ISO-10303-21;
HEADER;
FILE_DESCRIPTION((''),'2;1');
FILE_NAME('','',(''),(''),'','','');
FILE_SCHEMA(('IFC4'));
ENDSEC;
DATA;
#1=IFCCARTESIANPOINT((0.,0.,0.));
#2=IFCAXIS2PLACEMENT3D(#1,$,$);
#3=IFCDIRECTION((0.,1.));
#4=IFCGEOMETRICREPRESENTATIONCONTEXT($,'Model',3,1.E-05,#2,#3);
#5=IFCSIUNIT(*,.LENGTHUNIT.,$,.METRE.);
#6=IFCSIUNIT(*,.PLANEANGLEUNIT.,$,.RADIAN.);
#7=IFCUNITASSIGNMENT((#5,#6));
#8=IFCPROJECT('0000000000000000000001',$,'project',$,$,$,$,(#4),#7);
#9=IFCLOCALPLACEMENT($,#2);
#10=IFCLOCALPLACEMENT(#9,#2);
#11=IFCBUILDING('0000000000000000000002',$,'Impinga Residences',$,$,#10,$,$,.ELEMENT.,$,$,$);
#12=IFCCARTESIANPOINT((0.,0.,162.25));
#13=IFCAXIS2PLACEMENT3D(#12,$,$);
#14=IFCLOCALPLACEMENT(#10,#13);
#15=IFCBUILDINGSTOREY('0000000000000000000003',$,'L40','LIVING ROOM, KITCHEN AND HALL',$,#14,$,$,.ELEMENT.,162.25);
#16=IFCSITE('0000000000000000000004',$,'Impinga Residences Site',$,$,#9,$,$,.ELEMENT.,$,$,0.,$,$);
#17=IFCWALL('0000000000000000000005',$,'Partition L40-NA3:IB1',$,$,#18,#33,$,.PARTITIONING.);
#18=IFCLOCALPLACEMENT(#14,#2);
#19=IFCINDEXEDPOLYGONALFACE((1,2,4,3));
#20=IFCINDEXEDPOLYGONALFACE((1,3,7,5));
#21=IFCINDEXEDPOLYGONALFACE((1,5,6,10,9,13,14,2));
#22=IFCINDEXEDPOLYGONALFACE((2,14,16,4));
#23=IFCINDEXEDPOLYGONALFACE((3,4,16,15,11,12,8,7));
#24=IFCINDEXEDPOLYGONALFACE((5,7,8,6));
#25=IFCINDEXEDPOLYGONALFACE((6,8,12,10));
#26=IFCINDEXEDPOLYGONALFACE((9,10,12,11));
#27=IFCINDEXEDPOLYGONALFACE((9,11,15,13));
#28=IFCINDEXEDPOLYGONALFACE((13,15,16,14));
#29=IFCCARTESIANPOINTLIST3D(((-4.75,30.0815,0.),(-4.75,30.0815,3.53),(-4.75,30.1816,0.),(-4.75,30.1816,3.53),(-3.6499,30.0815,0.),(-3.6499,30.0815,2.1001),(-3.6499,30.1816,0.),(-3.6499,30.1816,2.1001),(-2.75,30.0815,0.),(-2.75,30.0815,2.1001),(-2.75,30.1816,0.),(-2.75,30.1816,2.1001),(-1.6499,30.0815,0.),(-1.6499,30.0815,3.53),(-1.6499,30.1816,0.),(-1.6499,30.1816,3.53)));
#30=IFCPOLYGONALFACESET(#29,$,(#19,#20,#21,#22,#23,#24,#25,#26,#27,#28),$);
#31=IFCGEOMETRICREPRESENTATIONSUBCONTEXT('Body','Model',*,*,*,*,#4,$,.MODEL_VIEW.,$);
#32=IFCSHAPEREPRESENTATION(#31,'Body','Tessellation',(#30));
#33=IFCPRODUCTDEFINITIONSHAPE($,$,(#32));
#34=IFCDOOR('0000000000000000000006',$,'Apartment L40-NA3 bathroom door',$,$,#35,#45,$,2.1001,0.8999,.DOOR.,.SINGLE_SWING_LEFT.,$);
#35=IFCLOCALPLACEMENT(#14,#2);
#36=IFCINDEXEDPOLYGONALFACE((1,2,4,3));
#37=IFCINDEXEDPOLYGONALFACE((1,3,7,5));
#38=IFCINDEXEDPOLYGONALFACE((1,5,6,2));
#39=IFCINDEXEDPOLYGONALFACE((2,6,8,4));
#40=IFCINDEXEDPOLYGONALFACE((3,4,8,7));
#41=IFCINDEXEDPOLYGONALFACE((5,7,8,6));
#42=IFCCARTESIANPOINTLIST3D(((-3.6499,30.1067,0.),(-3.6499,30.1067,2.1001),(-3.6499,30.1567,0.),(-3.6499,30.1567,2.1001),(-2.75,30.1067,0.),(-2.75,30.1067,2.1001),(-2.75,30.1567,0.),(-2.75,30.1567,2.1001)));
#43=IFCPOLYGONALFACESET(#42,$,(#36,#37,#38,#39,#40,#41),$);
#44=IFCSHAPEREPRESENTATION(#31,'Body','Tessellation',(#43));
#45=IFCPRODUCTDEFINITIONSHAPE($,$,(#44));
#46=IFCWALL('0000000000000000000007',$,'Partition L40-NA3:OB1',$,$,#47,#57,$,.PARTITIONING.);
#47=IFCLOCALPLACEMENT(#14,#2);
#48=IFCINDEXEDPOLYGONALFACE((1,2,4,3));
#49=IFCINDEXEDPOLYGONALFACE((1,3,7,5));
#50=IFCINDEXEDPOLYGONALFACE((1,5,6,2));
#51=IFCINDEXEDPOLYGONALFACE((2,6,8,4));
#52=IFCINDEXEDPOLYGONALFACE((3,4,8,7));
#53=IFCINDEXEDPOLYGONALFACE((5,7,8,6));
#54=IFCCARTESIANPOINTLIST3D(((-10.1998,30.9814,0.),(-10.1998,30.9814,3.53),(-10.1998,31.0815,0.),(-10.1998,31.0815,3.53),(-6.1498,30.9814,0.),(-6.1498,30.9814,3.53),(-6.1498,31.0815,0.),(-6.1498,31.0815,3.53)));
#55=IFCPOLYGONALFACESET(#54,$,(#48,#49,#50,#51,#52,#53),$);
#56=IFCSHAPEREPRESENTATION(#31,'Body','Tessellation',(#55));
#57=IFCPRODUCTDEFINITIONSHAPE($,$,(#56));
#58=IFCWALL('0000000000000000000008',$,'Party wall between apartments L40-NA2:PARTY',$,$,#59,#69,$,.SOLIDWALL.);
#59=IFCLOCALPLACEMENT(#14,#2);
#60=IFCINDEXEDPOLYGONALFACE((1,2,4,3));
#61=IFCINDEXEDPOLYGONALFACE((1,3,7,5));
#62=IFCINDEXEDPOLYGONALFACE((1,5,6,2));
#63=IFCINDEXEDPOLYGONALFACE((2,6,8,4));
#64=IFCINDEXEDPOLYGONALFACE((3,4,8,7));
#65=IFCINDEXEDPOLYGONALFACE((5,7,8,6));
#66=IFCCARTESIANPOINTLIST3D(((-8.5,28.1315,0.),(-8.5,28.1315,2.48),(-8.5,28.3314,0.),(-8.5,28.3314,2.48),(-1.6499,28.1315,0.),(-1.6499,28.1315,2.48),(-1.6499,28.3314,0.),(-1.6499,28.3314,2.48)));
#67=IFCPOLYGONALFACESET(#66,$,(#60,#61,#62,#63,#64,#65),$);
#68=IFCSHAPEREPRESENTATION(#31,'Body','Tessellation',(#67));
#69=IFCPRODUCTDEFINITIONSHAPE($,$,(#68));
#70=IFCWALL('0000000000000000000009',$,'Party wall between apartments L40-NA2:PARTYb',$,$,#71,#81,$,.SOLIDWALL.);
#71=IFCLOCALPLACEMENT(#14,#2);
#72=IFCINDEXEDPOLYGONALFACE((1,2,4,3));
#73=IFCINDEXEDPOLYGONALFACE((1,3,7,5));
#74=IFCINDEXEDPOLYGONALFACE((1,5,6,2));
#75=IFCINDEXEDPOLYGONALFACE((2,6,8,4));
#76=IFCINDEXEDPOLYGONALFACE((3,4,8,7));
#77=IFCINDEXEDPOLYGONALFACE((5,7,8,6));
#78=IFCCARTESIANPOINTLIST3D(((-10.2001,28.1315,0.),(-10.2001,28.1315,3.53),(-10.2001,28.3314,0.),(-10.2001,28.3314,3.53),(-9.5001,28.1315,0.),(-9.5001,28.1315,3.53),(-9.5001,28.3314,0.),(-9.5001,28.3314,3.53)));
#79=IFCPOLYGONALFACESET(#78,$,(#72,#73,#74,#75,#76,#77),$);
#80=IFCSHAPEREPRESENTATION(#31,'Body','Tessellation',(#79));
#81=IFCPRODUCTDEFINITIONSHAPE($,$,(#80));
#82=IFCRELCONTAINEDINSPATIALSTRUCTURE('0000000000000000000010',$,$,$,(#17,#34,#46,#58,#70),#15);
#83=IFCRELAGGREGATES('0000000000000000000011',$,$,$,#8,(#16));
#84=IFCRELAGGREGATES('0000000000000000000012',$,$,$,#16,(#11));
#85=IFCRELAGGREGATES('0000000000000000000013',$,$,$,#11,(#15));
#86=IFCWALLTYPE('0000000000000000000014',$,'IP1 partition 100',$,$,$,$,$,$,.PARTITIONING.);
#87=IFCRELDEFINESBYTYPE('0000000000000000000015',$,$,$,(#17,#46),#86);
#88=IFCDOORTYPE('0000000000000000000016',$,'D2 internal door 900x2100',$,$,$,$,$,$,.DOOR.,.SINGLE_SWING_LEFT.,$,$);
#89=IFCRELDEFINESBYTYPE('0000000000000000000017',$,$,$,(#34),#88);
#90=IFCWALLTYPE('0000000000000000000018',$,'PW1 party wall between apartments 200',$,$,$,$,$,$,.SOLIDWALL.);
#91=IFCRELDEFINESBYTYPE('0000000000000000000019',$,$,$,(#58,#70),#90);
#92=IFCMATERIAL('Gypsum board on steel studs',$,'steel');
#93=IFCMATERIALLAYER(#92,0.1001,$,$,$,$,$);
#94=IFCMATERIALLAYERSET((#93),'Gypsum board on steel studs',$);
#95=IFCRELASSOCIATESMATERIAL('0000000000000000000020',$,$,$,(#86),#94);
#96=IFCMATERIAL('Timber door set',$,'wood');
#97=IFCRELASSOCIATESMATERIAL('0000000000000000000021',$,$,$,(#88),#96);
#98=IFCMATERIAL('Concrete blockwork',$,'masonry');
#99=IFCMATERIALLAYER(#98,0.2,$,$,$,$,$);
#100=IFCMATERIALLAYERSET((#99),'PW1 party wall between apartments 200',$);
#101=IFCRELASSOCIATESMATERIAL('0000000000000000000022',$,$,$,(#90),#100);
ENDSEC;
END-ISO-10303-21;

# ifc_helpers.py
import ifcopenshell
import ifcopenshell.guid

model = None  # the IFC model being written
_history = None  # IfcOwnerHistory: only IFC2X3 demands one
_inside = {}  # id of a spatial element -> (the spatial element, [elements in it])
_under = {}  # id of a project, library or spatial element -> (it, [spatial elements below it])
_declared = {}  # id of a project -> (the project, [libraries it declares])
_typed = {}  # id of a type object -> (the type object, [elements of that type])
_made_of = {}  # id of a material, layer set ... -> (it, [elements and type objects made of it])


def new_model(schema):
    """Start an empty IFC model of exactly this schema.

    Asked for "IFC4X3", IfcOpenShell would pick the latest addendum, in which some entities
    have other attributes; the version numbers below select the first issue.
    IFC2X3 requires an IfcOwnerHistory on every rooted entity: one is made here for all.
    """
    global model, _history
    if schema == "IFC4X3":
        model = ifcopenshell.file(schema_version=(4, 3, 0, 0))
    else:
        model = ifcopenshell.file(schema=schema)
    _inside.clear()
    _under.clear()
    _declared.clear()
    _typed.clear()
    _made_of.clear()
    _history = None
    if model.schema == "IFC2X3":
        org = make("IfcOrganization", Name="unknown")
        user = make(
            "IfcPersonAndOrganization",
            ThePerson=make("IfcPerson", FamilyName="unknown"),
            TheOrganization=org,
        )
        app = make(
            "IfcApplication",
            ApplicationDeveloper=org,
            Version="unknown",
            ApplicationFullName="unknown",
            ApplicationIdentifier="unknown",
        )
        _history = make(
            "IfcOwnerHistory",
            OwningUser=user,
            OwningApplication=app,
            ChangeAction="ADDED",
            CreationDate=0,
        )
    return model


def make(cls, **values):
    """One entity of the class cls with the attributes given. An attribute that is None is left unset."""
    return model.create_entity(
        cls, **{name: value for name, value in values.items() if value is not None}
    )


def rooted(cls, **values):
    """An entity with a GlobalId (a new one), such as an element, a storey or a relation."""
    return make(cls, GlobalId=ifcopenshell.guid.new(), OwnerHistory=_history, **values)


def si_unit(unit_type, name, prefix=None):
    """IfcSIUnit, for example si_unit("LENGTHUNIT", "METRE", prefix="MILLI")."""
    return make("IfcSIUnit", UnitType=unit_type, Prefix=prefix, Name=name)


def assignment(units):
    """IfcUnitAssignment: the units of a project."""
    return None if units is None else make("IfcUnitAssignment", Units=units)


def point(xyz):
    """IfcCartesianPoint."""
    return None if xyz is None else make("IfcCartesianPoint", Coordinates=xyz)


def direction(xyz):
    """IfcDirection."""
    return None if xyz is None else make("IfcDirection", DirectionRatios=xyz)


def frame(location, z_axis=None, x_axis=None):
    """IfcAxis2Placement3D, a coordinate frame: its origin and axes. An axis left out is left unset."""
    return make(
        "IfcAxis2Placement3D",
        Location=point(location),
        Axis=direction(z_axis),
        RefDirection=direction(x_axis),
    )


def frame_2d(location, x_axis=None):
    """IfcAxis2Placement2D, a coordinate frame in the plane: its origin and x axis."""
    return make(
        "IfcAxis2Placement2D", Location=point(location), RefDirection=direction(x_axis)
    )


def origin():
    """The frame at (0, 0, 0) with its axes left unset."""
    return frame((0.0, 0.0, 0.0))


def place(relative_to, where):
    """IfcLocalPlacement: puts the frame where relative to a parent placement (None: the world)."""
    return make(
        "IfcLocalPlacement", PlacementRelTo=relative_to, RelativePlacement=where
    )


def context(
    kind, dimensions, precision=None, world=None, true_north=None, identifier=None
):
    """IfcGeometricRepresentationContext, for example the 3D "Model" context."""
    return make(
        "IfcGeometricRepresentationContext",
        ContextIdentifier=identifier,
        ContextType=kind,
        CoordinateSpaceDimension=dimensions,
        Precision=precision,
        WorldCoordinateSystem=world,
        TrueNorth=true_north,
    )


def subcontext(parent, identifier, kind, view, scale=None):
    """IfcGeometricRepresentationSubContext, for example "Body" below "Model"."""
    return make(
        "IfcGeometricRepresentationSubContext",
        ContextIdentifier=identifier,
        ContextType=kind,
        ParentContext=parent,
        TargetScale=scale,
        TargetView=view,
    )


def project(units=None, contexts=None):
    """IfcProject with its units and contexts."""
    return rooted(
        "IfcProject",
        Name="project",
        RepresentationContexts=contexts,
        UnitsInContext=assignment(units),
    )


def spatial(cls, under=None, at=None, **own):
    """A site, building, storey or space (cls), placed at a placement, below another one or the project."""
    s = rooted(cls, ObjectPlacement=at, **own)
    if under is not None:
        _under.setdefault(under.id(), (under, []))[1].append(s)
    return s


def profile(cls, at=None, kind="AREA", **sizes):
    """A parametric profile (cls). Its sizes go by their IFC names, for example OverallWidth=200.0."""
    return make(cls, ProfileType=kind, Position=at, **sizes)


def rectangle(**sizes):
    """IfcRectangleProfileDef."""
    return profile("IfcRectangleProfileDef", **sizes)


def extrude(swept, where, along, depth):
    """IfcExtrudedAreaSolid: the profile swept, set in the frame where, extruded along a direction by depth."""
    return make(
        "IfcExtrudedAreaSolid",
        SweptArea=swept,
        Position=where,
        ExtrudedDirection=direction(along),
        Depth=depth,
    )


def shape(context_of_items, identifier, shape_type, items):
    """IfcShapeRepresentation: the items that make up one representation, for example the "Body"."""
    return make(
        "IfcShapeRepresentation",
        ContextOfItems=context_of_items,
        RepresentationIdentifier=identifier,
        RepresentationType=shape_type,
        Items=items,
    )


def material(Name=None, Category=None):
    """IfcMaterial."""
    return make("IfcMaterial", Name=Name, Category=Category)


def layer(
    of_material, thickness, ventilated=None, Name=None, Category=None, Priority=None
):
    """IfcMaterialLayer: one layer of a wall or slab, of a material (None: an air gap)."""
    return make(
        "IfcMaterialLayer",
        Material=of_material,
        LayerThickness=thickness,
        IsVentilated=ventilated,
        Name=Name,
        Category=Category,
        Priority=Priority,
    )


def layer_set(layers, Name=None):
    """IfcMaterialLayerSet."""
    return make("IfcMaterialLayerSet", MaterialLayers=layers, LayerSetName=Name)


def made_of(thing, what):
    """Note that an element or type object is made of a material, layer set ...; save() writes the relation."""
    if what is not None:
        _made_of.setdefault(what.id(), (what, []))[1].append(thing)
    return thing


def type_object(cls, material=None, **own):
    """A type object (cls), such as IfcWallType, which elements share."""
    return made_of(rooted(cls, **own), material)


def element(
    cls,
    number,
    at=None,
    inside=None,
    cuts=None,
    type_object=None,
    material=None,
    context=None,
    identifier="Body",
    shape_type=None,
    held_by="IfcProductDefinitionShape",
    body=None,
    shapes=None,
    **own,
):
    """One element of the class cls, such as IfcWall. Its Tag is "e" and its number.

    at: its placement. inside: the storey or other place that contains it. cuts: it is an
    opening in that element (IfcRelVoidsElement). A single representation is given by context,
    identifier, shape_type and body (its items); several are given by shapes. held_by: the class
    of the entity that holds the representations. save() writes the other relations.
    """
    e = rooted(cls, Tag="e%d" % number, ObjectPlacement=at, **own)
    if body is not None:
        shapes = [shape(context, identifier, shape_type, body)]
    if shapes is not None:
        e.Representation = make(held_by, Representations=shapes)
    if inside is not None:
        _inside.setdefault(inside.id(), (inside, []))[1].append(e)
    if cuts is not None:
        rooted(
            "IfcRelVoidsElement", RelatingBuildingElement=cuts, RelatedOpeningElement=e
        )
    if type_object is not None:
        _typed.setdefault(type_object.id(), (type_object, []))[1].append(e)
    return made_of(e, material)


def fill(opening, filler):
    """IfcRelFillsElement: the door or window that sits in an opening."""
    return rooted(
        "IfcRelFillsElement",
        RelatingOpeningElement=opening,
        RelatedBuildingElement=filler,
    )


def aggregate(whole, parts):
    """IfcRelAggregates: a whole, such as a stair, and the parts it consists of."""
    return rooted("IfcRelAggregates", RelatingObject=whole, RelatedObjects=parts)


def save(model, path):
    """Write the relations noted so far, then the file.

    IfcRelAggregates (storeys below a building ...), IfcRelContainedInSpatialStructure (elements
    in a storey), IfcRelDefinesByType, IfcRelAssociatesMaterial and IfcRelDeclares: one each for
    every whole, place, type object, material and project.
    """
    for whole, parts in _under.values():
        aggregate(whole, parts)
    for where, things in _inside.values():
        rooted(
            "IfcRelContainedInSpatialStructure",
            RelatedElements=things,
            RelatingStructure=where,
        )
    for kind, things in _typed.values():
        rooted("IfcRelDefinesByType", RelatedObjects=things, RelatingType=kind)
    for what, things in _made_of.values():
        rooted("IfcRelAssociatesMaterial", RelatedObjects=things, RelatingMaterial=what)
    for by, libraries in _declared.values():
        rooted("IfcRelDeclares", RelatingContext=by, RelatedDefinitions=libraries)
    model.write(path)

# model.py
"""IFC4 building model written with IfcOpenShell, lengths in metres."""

from ifc_helpers import new_model, si_unit, direction, frame, frame_2d, origin, place, context, subcontext, project, spatial, rectangle, extrude, material, layer, layer_set, type_object, element, fill, save


model = new_model("IFC4")

# Units and contexts
model_context = context("Model", 3, precision=1e-05, world=origin(), true_north=direction((0.0, 1.0)))
body_context = subcontext(model_context, "Body", "Model", "MODEL_VIEW")
ifc_project = project(units=[si_unit("LENGTHUNIT", "METRE"), si_unit("PLANEANGLEUNIT", "RADIAN")], contexts=[model_context])

# Site, building, storey
site_placement = place(None, origin())
site = spatial("IfcSite", under=ifc_project, at=site_placement, Name="Impinga Residences Site", CompositionType="ELEMENT", RefElevation=0.0)
building_placement = place(site_placement, origin())
building = spatial("IfcBuilding", under=site, at=building_placement, Name="Impinga Residences", CompositionType="ELEMENT")
storey_placement = place(building_placement, frame((0.0, 0.0, 162.25)))
storey = spatial("IfcBuildingStorey", under=building, at=storey_placement, Name="L40", Description="LIVING ROOM, KITCHEN AND HALL", CompositionType="ELEMENT", Elevation=162.25)

# Shared definitions
ifc_material_1 = material(Name="Concrete blockwork", Category="masonry")
ifc_material_2 = material(Name="Timber door set", Category="wood")

# Shared definitions
ifc_material_3 = material(Name="Gypsum board on steel studs", Category="steel")
ifc_layer_1 = layer(ifc_material_3, 0.1001)
ifc_layer_set_1 = layer_set([ifc_layer_1], Name="Gypsum board on steel studs")
wall_type_1 = type_object("IfcWallType", Name="IP1 partition 100", PredefinedType="PARTITIONING", material=ifc_layer_set_1)

# Shared definitions
door_type_1 = type_object("IfcDoorType", Name="D2 internal door 900x2100", OperationType="SINGLE_SWING_LEFT", PredefinedType="DOOR", material=ifc_material_2)

# Wall, opening, door
wall_1_placement = place(storey_placement, frame((-1.6499, 30.1316, 0.0), z_axis=(0.0, 0.0, 1.0), x_axis=(-1.0, 0.0, 0.0)))
wall_1 = element("IfcWall", 1, at=wall_1_placement, inside=storey, type_object=wall_type_1, Name="Partition L40-NA3:IB1", PredefinedType="PARTITIONING", context=body_context, shape_type="SweptSolid", body=[
    extrude(rectangle(XDim=3.1001, YDim=0.1001, at=frame_2d((1.55, 0.0))), origin(), (0.0, 0.0, 1.0), 3.53),
])
opening_1_placement = place(wall_1_placement, frame((1.1001, 0.0, 0.0)))
opening_1 = element("IfcOpeningElement", 2, at=opening_1_placement, cuts=wall_1, PredefinedType="OPENING", context=body_context, shape_type="SweptSolid", body=[
    extrude(rectangle(XDim=0.8999, YDim=2.1001, at=frame_2d((0.45, 1.05))), frame((0.0, 0.0601, 0.0), z_axis=(0.0, -1.0, 0.0), x_axis=(1.0, 0.0, 0.0)), (0.0, 0.0, 1.0), 0.1201),
])
door_1_placement = place(opening_1_placement, origin())
door_1 = element("IfcDoor", 3, at=door_1_placement, inside=storey, type_object=door_type_1, Name="Apartment L40-NA3 bathroom door", OperationType="SINGLE_SWING_LEFT", OverallHeight=2.1001, OverallWidth=0.8999, PredefinedType="DOOR", context=body_context, shape_type="SweptSolid", body=[
    extrude(rectangle(XDim=0.8999, YDim=2.1001, at=frame_2d((0.45, 1.05))), frame((0.0, 0.0249, 0.0), z_axis=(0.0, -1.0, 0.0), x_axis=(1.0, 0.0, 0.0)), (0.0, 0.0, 1.0), 0.05),
])
fill(opening_1, door_1)

# Walls
wall_2_placement = place(storey_placement, frame((-6.1499, 31.0315, 0.0), z_axis=(0.0, 0.0, 1.0), x_axis=(-1.0, 0.0, 0.0)))
element("IfcWall", 4, at=wall_2_placement, inside=storey, type_object=wall_type_1, Name="Partition L40-NA3:OB1", PredefinedType="PARTITIONING", context=body_context, shape_type="SweptSolid", body=[
    extrude(rectangle(XDim=4.05, YDim=0.1001, at=frame_2d((2.0249, 0.0))), origin(), (0.0, 0.0, 1.0), 3.53),
])
ifc_layer_2 = layer(ifc_material_1, 0.2)
ifc_layer_set_2 = layer_set([ifc_layer_2], Name="PW1 party wall between apartments 200")
wall_type_2 = type_object("IfcWallType", Name="PW1 party wall between apartments 200", PredefinedType="SOLIDWALL", material=ifc_layer_set_2)
wall_3_placement = place(storey_placement, frame((-1.6499, 28.2314, 0.0), z_axis=(0.0, 0.0, 1.0), x_axis=(-1.0, 0.0, 0.0)))
element("IfcWall", 5, at=wall_3_placement, inside=storey, type_object=wall_type_2, Name="Party wall between apartments L40-NA2:PARTY", PredefinedType="SOLIDWALL", context=body_context, shape_type="SweptSolid", body=[
    extrude(rectangle(XDim=6.8501, YDim=0.2, at=frame_2d((3.425, 0.0))), origin(), (0.0, 0.0, 1.0), 2.48),
])
wall_4_placement = place(storey_placement, frame((-9.5, 28.2314, 0.0), z_axis=(0.0, 0.0, 1.0), x_axis=(-1.0, 0.0, 0.0)))
element("IfcWall", 6, at=wall_4_placement, inside=storey, type_object=wall_type_2, Name="Party wall between apartments L40-NA2:PARTYb", PredefinedType="SOLIDWALL", context=body_context, shape_type="SweptSolid", body=[
    extrude(rectangle(XDim=0.7, YDim=0.2, at=frame_2d((0.3501, 0.0))), origin(), (0.0, 0.0, 1.0), 3.53),
])

save(model, "model.ifc")
